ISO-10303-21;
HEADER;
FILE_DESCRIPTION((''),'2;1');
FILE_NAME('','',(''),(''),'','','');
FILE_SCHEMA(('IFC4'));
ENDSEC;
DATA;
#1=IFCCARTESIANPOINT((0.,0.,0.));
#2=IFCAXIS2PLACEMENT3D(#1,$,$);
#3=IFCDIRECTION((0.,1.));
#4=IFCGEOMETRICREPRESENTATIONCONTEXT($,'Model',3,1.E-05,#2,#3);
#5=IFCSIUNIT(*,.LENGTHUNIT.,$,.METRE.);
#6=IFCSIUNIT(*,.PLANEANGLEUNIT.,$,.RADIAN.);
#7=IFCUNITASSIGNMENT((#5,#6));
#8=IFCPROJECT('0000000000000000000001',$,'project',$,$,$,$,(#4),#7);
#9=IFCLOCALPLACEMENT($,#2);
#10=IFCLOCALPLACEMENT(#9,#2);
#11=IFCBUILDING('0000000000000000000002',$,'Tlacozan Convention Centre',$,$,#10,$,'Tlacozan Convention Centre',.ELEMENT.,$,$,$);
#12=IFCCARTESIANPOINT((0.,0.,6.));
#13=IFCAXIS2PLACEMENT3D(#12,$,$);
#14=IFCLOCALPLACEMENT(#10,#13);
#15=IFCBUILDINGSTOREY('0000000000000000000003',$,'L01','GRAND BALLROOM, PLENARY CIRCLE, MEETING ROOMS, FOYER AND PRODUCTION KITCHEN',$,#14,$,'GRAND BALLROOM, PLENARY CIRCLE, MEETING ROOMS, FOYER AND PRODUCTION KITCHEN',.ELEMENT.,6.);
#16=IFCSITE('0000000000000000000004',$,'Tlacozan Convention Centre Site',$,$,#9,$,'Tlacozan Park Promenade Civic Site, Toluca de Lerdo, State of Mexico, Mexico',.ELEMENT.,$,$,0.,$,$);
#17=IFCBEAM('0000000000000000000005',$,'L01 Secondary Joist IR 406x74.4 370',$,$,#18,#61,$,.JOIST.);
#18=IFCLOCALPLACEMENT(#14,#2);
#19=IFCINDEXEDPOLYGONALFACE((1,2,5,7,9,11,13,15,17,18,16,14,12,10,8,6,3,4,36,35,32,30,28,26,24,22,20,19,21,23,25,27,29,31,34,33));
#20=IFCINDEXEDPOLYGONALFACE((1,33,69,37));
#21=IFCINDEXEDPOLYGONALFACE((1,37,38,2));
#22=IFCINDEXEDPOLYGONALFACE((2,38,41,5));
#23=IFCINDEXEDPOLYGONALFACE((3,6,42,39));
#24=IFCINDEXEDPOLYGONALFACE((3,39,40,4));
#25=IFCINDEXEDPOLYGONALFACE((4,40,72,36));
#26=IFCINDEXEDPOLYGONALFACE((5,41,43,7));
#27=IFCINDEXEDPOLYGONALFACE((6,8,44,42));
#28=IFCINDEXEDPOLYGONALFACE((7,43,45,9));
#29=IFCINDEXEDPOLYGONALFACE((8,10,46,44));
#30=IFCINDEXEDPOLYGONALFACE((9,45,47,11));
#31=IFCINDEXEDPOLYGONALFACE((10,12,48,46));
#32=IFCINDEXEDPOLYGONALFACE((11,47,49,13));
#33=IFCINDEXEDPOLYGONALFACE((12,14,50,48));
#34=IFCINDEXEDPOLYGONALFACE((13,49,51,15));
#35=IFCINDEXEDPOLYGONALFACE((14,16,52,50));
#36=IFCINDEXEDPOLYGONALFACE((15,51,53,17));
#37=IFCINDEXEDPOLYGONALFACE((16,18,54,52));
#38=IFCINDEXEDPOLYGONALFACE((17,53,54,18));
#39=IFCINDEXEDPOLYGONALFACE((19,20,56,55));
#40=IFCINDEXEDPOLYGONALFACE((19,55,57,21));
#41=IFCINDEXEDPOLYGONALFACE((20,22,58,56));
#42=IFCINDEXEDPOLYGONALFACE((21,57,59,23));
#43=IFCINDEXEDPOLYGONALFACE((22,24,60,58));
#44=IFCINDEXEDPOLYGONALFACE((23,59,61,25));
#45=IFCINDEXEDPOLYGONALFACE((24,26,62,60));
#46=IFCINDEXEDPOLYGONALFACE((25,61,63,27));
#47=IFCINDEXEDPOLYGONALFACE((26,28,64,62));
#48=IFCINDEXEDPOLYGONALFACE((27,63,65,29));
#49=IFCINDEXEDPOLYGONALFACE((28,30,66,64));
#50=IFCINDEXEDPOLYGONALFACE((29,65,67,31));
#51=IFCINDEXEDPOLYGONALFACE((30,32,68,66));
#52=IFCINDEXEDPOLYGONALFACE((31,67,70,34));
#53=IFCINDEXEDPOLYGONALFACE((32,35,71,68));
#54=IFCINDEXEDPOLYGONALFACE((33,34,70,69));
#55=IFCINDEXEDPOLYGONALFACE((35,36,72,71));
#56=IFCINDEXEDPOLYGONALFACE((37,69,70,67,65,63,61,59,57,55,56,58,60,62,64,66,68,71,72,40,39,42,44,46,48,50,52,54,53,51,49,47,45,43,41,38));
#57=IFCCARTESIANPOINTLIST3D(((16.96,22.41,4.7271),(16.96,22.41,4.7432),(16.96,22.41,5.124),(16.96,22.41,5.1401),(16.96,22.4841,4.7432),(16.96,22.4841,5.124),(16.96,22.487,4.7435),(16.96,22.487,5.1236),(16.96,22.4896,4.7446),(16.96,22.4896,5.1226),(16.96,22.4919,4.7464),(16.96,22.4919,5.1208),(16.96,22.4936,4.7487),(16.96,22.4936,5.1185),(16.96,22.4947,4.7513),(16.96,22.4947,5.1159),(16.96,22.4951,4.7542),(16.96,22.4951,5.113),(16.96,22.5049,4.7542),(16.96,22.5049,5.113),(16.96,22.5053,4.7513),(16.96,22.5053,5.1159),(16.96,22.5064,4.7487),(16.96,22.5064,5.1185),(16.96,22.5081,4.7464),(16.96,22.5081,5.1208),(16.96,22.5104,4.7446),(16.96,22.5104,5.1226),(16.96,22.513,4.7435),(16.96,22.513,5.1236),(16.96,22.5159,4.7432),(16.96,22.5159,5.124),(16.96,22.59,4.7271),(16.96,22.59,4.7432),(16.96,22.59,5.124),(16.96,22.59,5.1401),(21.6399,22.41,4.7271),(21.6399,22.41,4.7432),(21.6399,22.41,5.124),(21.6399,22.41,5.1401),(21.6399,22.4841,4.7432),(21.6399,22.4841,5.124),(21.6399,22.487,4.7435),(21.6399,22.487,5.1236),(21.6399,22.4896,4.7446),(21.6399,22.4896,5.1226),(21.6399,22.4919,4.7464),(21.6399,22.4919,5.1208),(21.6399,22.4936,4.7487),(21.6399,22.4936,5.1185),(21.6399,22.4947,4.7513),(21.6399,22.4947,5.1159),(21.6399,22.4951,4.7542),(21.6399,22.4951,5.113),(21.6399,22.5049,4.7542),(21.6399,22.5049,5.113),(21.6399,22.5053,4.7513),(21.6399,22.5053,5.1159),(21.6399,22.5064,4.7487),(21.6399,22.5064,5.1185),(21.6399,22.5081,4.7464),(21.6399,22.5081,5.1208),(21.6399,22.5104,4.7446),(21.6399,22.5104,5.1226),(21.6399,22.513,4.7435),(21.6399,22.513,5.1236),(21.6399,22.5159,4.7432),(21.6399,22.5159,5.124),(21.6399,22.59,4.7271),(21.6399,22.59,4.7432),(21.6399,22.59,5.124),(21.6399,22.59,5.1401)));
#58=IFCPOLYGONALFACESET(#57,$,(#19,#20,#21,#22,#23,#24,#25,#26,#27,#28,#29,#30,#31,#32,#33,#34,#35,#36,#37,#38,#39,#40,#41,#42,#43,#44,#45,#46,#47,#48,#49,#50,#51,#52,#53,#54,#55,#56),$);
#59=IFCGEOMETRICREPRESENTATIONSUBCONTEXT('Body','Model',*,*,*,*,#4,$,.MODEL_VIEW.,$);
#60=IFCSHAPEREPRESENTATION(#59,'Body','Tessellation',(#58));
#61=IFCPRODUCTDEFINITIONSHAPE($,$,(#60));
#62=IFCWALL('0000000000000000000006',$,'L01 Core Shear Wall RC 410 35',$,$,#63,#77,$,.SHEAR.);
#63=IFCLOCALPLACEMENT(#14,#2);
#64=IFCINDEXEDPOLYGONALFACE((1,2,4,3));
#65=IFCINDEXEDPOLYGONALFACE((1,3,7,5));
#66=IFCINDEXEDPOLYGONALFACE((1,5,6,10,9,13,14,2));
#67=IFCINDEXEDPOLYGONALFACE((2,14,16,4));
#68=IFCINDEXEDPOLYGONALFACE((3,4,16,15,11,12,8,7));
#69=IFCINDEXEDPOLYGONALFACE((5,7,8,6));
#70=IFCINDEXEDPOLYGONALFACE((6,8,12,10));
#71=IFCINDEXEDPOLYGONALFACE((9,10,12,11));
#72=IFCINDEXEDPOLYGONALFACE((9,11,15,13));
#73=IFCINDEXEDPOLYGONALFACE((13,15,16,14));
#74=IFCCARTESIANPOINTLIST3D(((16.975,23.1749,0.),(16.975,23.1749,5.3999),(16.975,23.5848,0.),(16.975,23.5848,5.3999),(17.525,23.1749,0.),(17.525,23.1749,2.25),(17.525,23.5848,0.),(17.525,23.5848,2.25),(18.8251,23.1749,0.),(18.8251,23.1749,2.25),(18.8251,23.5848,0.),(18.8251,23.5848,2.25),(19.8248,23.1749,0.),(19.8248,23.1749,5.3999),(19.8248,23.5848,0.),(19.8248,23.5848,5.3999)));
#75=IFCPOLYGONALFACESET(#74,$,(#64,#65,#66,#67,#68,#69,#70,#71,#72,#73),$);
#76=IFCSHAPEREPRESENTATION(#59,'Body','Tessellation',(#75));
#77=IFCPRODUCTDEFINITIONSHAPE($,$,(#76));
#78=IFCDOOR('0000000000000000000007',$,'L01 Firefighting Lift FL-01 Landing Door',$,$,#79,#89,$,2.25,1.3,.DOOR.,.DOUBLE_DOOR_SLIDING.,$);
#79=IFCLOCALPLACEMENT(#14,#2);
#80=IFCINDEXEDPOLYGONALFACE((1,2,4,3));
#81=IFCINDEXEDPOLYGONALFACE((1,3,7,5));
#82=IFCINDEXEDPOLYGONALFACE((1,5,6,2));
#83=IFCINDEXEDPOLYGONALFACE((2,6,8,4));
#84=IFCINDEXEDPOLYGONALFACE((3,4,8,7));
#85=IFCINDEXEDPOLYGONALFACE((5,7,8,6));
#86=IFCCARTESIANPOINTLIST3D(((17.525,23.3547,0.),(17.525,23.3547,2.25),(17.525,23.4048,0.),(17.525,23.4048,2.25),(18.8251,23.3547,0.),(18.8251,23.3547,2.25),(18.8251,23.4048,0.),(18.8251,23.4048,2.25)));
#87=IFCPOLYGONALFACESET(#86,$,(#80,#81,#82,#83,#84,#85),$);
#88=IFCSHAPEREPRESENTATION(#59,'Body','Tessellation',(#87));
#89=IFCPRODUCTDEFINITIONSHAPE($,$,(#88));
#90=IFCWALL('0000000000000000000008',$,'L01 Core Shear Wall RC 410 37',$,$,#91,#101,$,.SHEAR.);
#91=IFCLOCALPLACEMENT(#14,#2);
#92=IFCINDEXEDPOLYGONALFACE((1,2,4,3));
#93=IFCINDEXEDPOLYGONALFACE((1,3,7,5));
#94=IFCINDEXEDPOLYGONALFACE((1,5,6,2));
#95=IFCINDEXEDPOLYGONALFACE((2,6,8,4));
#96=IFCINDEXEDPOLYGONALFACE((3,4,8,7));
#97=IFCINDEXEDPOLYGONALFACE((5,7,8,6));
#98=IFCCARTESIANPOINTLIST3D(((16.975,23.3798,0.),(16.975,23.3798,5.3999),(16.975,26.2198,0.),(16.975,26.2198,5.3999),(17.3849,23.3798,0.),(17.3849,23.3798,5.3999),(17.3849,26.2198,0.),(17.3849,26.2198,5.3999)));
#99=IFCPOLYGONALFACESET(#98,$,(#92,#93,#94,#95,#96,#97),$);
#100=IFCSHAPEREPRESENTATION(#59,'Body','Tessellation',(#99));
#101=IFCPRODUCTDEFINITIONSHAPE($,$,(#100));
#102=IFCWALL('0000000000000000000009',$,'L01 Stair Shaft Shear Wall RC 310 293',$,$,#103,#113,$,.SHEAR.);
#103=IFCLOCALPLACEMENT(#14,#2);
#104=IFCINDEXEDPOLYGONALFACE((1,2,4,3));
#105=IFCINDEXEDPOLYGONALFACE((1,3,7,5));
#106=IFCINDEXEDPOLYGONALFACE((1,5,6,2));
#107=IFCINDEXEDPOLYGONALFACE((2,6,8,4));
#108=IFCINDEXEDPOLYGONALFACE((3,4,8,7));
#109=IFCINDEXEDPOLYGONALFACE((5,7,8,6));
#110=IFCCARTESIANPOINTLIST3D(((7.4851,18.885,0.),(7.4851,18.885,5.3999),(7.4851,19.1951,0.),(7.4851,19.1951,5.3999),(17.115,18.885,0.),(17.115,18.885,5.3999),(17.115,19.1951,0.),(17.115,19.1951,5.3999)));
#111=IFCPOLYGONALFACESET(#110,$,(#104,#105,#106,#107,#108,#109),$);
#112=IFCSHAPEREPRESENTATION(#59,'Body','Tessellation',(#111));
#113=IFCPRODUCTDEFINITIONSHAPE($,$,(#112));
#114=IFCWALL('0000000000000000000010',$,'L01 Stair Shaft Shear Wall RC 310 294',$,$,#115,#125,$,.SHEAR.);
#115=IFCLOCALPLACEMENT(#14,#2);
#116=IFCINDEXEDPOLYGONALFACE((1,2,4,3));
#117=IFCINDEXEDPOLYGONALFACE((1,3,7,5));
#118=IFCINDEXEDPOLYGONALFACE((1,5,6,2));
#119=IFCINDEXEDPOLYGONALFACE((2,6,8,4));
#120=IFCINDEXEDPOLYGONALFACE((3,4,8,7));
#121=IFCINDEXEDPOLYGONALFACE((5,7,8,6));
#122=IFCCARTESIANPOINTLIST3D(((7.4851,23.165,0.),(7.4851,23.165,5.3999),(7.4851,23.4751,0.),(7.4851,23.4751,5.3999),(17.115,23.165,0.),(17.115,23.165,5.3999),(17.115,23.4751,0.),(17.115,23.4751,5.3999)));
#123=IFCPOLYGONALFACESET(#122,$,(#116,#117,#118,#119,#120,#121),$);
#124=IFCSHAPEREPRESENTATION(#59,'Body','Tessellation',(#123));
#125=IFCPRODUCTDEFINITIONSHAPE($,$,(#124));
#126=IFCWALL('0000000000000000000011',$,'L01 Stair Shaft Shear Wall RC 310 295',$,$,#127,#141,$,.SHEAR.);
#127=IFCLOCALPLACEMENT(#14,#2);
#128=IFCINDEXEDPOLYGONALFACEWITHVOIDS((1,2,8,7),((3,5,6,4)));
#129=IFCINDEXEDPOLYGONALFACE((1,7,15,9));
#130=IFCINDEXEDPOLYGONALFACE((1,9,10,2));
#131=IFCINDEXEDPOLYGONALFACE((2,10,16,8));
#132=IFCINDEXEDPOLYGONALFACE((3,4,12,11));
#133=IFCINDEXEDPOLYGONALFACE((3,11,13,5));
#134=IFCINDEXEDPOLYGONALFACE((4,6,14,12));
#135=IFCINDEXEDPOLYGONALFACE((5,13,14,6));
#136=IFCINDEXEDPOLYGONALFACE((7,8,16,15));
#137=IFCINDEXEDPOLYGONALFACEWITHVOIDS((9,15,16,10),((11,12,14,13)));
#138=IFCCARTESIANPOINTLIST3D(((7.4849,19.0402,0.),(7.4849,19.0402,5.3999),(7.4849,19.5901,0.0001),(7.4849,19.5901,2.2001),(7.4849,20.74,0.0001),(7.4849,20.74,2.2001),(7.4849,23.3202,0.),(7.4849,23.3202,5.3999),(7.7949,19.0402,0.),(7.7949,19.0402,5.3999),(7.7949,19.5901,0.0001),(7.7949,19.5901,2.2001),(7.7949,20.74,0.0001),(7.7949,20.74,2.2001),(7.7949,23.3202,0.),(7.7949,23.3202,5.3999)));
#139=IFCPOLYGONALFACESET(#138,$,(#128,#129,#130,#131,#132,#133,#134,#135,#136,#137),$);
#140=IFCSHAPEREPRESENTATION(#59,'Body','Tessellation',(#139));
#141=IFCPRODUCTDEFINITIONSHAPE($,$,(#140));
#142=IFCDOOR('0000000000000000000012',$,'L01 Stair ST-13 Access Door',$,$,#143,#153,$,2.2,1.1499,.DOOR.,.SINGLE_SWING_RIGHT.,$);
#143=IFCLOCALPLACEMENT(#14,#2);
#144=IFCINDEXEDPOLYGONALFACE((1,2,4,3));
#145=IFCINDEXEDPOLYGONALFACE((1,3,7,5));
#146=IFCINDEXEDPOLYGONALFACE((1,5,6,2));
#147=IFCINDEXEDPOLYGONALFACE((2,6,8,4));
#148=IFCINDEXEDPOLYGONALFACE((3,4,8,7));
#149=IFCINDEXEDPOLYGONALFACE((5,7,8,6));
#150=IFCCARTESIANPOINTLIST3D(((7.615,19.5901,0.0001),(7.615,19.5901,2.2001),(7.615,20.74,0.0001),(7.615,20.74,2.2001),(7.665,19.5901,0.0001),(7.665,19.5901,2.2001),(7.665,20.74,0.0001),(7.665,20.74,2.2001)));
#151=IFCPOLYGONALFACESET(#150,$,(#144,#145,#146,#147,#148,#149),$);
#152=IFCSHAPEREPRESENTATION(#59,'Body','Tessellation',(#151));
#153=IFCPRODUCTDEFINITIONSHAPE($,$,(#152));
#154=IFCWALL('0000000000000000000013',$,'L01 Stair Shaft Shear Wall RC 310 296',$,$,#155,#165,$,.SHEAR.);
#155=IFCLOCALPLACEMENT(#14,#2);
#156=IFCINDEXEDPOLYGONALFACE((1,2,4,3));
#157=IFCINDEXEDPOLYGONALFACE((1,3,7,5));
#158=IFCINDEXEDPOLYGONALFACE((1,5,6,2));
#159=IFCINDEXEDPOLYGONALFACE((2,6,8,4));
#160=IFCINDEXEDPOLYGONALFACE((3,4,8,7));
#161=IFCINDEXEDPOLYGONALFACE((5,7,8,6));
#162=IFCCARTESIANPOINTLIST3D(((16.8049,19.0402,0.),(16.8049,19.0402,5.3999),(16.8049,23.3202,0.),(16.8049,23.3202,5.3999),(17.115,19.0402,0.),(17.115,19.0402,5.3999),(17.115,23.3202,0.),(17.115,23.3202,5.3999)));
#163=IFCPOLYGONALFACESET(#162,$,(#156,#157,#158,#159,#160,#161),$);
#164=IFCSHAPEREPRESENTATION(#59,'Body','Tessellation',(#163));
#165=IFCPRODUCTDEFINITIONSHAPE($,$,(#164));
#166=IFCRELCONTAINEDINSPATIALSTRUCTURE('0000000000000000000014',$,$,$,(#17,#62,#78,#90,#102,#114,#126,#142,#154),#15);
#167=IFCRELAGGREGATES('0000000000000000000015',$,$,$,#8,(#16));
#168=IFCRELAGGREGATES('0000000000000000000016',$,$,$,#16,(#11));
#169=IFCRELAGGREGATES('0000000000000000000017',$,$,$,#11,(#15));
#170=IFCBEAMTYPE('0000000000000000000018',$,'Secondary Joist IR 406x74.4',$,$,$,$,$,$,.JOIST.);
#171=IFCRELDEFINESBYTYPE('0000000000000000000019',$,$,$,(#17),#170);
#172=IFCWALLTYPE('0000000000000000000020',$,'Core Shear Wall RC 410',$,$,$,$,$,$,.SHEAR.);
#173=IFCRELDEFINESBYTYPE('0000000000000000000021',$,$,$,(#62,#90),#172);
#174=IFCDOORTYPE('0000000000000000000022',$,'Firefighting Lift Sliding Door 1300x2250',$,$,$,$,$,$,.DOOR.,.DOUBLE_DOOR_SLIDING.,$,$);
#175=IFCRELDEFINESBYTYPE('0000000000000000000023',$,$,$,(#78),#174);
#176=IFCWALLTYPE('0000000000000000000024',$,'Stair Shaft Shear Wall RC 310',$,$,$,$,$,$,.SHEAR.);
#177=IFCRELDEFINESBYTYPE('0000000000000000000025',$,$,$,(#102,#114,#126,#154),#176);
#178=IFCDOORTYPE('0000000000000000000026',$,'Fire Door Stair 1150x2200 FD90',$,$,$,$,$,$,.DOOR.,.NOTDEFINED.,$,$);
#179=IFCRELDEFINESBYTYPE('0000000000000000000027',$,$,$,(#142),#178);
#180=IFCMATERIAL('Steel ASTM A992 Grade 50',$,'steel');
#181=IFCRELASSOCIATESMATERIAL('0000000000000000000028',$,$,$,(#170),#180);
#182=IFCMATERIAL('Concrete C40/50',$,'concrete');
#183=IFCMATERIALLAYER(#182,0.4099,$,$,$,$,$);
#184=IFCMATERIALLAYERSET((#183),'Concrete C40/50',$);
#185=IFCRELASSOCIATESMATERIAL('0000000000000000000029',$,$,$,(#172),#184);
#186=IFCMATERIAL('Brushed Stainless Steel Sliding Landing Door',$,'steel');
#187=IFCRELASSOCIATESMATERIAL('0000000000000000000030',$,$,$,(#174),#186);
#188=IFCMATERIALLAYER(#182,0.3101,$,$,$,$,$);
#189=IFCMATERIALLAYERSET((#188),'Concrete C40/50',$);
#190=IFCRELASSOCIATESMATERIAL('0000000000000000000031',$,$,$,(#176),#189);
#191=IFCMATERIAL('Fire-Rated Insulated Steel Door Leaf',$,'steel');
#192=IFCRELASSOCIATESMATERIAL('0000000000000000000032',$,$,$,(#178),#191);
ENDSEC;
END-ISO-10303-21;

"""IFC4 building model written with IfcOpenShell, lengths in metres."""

from ifc_helpers import new_model, si_unit, direction, frame, frame_2d, origin, origin_2d, place, context, subcontext, project, spatial, rectangle, i_section, extrude, material, layer, layer_set, material_profile, profile_set, type_object, element, fill, save


model = new_model("IFC4")

# Units and contexts
model_context = context("Model", 3, precision=1e-05, world=origin(), true_north=direction((0.0, 1.0)))
body_context = subcontext(model_context, "Body", "Model", "MODEL_VIEW")
ifc_project = project(units=[si_unit("LENGTHUNIT", "METRE"), si_unit("PLANEANGLEUNIT", "RADIAN")], contexts=[model_context])

# Site, building, storey
site_placement = place(None, origin())
site = spatial("IfcSite", under=ifc_project, at=site_placement, Name="Tlacozan Convention Centre Site", LongName="Tlacozan Park Promenade Civic Site, Toluca de Lerdo, State of Mexico, Mexico", CompositionType="ELEMENT", RefElevation=0.0)
building_placement = place(site_placement, origin())
building = spatial("IfcBuilding", under=site, at=building_placement, Name="Tlacozan Convention Centre", LongName="Tlacozan Convention Centre", CompositionType="ELEMENT")
storey_placement = place(building_placement, frame((0.0, 0.0, 6.0)))
storey = spatial("IfcBuildingStorey", under=building, at=storey_placement, Name="L01", Description="GRAND BALLROOM, PLENARY CIRCLE, MEETING ROOMS, FOYER AND PRODUCTION KITCHEN", LongName="GRAND BALLROOM, PLENARY CIRCLE, MEETING ROOMS, FOYER AND PRODUCTION KITCHEN", CompositionType="ELEMENT", Elevation=6.0)

# Shared definitions
ifc_material_1 = material(Name="Concrete C40/50", Category="concrete")

# Beam
ifc_material_2 = material(Name="Steel ASTM A992 Grade 50", Category="steel")
ifc_material_profile_1 = material_profile(ifc_material_2, i_section(OverallWidth=0.1799, OverallDepth=0.4131, WebThickness=0.0098, FlangeThickness=0.0161, FilletRadius=0.011, at=origin_2d()), Name="IR 406x74.4")
ifc_profile_set_1 = profile_set([ifc_material_profile_1], Name="Steel ASTM A992 Grade 50")
beam_type_1 = type_object("IfcBeamType", Name="Secondary Joist IR 406x74.4", PredefinedType="JOIST", material=ifc_profile_set_1)
beam_1_placement = place(storey_placement, frame((16.96, 22.5, 4.9336), z_axis=(1.0, 0.0, 0.0), x_axis=(0.0, 1.0, 0.0)))
element("IfcBeam", 1, at=beam_1_placement, inside=storey, type_object=beam_type_1, Name="L01 Secondary Joist IR 406x74.4 370", PredefinedType="JOIST", context=body_context, shape_type="SweptSolid", body=[
    extrude(i_section(OverallWidth=0.1799, OverallDepth=0.4131, WebThickness=0.0098, FlangeThickness=0.0161, FilletRadius=0.011, at=origin_2d()), origin(), (0.0, 0.0, 1.0), 4.6799),
])

# Wall, opening, door
ifc_layer_1 = layer(ifc_material_1, 0.4099)
ifc_layer_set_1 = layer_set([ifc_layer_1], Name="Concrete C40/50")
wall_type_1 = type_object("IfcWallType", Name="Core Shear Wall RC 410", PredefinedType="SHEAR", material=ifc_layer_set_1)
wall_1_placement = place(storey_placement, frame((16.9751, 23.3799, 0.0), z_axis=(0.0, 0.0, 1.0), x_axis=(1.0, 0.0, 0.0)))
wall_1 = element("IfcWall", 2, at=wall_1_placement, inside=storey, type_object=wall_type_1, Name="L01 Core Shear Wall RC 410 35", PredefinedType="SHEAR", context=body_context, shape_type="SweptSolid", body=[
    extrude(rectangle(XDim=2.8499, YDim=0.4099, at=frame_2d((1.4248, 0.0))), origin(), (0.0, 0.0, 1.0), 5.3999),
])
opening_1_placement = place(wall_1_placement, frame((0.55, 0.0, 0.0)))
opening_1 = element("IfcOpeningElement", 3, at=opening_1_placement, cuts=wall_1, PredefinedType="OPENING", context=body_context, shape_type="SweptSolid", body=[
    extrude(rectangle(XDim=1.3, YDim=2.25, at=frame_2d((0.6499, 1.125))), frame((0.0, 0.2148, 0.0), z_axis=(0.0, -1.0, 0.0), x_axis=(1.0, 0.0, 0.0)), (0.0, 0.0, 1.0), 0.4299),
])
ifc_material_3 = material(Name="Brushed Stainless Steel Sliding Landing Door", Category="steel")
door_type_1 = type_object("IfcDoorType", Name="Firefighting Lift Sliding Door 1300x2250", OperationType="DOUBLE_DOOR_SLIDING", PredefinedType="DOOR", material=ifc_material_3)
door_1_placement = place(opening_1_placement, origin())
door_1 = element("IfcDoor", 4, at=door_1_placement, inside=storey, type_object=door_type_1, Name="L01 Firefighting Lift FL-01 Landing Door", OperationType="DOUBLE_DOOR_SLIDING", OverallHeight=2.25, OverallWidth=1.3, PredefinedType="DOOR", context=body_context, shape_type="SweptSolid", body=[
    extrude(rectangle(XDim=1.3, YDim=2.25, at=frame_2d((0.6499, 1.125))), frame((0.0, 0.0249, 0.0), z_axis=(0.0, -1.0, 0.0), x_axis=(1.0, 0.0, 0.0)), (0.0, 0.0, 1.0), 0.05),
])
fill(opening_1, door_1)

# Walls
wall_2_placement = place(storey_placement, frame((17.1799, 23.3799, 0.0), z_axis=(0.0, 0.0, 1.0), x_axis=(0.0, 1.0, 0.0)))
element("IfcWall", 5, at=wall_2_placement, inside=storey, type_object=wall_type_1, Name="L01 Core Shear Wall RC 410 37", PredefinedType="SHEAR", context=body_context, shape_type="SweptSolid", body=[
    extrude(rectangle(XDim=2.8401, YDim=0.4099, at=frame_2d((1.4199, 0.0))), origin(), (0.0, 0.0, 1.0), 5.3999),
])
ifc_layer_2 = layer(ifc_material_1, 0.3101)
ifc_layer_set_2 = layer_set([ifc_layer_2], Name="Concrete C40/50")
wall_type_2 = type_object("IfcWallType", Name="Stair Shaft Shear Wall RC 310", PredefinedType="SHEAR", material=ifc_layer_set_2)
for number, where, z_axis, x_axis, name in (
    (6, (7.4851, 19.04, 0.0), (0.0, 0.0, 1.0), (1.0, 0.0, 0.0), "L01 Stair Shaft Shear Wall RC 310 293"),
    (7, (7.4851, 23.3201, 0.0), (0.0, 0.0, 1.0), (1.0, 0.0, 0.0), "L01 Stair Shaft Shear Wall RC 310 294"),
):
    element("IfcWall", number, at=place(storey_placement, frame(where, z_axis=z_axis, x_axis=x_axis)), inside=storey, type_object=wall_type_2, Name=name, PredefinedType="SHEAR", context=body_context, shape_type="SweptSolid", body=[
        extrude(rectangle(XDim=9.6299, YDim=0.3101, at=frame_2d((4.8149, 0.0))), origin(), (0.0, 0.0, 1.0), 5.3999),
    ])

# Wall, opening, door
wall_3_placement = place(storey_placement, frame((7.6399, 19.04, 0.0), z_axis=(0.0, 0.0, 1.0), x_axis=(0.0, 1.0, 0.0)))
wall_3 = element("IfcWall", 8, at=wall_3_placement, inside=storey, type_object=wall_type_2, Name="L01 Stair Shaft Shear Wall RC 310 295", PredefinedType="SHEAR", context=body_context, shape_type="SweptSolid", body=[
    extrude(rectangle(XDim=4.28, YDim=0.3101, at=frame_2d((2.1401, 0.0))), origin(), (0.0, 0.0, 1.0), 5.3999),
])
opening_2_placement = place(wall_3_placement, frame((0.55, 0.0, 0.0)))
opening_2 = element("IfcOpeningElement", 9, at=opening_2_placement, cuts=wall_3, PredefinedType="OPENING", context=body_context, shape_type="SweptSolid", body=[
    extrude(rectangle(XDim=1.1499, YDim=2.2, at=frame_2d((0.575, 1.1001))), frame((0.0, 0.165, 0.0), z_axis=(0.0, -1.0, 0.0), x_axis=(1.0, 0.0, 0.0)), (0.0, 0.0, 1.0), 0.3301),
])
ifc_material_4 = material(Name="Fire-Rated Insulated Steel Door Leaf", Category="steel")
door_type_2 = type_object("IfcDoorType", Name="Fire Door Stair 1150x2200 FD90", OperationType="NOTDEFINED", PredefinedType="DOOR", material=ifc_material_4)
door_2_placement = place(opening_2_placement, origin())
door_2 = element("IfcDoor", 10, at=door_2_placement, inside=storey, type_object=door_type_2, Name="L01 Stair ST-13 Access Door", OperationType="SINGLE_SWING_RIGHT", OverallHeight=2.2, OverallWidth=1.1499, PredefinedType="DOOR", context=body_context, shape_type="SweptSolid", body=[
    extrude(rectangle(XDim=1.1499, YDim=2.2, at=frame_2d((0.575, 1.1001))), frame((0.0, 0.0249, 0.0), z_axis=(0.0, -1.0, 0.0), x_axis=(1.0, 0.0, 0.0)), (0.0, 0.0, 1.0), 0.05),
])
fill(opening_2, door_2)

# Wall
wall_4_placement = place(storey_placement, frame((16.96, 19.04, 0.0), z_axis=(0.0, 0.0, 1.0), x_axis=(0.0, 1.0, 0.0)))
element("IfcWall", 11, at=wall_4_placement, inside=storey, type_object=wall_type_2, Name="L01 Stair Shaft Shear Wall RC 310 296", PredefinedType="SHEAR", context=body_context, shape_type="SweptSolid", body=[
    extrude(rectangle(XDim=4.28, YDim=0.3101, at=frame_2d((2.1401, 0.0))), origin(), (0.0, 0.0, 1.0), 5.3999),
])

save(model, "model.ifc")
